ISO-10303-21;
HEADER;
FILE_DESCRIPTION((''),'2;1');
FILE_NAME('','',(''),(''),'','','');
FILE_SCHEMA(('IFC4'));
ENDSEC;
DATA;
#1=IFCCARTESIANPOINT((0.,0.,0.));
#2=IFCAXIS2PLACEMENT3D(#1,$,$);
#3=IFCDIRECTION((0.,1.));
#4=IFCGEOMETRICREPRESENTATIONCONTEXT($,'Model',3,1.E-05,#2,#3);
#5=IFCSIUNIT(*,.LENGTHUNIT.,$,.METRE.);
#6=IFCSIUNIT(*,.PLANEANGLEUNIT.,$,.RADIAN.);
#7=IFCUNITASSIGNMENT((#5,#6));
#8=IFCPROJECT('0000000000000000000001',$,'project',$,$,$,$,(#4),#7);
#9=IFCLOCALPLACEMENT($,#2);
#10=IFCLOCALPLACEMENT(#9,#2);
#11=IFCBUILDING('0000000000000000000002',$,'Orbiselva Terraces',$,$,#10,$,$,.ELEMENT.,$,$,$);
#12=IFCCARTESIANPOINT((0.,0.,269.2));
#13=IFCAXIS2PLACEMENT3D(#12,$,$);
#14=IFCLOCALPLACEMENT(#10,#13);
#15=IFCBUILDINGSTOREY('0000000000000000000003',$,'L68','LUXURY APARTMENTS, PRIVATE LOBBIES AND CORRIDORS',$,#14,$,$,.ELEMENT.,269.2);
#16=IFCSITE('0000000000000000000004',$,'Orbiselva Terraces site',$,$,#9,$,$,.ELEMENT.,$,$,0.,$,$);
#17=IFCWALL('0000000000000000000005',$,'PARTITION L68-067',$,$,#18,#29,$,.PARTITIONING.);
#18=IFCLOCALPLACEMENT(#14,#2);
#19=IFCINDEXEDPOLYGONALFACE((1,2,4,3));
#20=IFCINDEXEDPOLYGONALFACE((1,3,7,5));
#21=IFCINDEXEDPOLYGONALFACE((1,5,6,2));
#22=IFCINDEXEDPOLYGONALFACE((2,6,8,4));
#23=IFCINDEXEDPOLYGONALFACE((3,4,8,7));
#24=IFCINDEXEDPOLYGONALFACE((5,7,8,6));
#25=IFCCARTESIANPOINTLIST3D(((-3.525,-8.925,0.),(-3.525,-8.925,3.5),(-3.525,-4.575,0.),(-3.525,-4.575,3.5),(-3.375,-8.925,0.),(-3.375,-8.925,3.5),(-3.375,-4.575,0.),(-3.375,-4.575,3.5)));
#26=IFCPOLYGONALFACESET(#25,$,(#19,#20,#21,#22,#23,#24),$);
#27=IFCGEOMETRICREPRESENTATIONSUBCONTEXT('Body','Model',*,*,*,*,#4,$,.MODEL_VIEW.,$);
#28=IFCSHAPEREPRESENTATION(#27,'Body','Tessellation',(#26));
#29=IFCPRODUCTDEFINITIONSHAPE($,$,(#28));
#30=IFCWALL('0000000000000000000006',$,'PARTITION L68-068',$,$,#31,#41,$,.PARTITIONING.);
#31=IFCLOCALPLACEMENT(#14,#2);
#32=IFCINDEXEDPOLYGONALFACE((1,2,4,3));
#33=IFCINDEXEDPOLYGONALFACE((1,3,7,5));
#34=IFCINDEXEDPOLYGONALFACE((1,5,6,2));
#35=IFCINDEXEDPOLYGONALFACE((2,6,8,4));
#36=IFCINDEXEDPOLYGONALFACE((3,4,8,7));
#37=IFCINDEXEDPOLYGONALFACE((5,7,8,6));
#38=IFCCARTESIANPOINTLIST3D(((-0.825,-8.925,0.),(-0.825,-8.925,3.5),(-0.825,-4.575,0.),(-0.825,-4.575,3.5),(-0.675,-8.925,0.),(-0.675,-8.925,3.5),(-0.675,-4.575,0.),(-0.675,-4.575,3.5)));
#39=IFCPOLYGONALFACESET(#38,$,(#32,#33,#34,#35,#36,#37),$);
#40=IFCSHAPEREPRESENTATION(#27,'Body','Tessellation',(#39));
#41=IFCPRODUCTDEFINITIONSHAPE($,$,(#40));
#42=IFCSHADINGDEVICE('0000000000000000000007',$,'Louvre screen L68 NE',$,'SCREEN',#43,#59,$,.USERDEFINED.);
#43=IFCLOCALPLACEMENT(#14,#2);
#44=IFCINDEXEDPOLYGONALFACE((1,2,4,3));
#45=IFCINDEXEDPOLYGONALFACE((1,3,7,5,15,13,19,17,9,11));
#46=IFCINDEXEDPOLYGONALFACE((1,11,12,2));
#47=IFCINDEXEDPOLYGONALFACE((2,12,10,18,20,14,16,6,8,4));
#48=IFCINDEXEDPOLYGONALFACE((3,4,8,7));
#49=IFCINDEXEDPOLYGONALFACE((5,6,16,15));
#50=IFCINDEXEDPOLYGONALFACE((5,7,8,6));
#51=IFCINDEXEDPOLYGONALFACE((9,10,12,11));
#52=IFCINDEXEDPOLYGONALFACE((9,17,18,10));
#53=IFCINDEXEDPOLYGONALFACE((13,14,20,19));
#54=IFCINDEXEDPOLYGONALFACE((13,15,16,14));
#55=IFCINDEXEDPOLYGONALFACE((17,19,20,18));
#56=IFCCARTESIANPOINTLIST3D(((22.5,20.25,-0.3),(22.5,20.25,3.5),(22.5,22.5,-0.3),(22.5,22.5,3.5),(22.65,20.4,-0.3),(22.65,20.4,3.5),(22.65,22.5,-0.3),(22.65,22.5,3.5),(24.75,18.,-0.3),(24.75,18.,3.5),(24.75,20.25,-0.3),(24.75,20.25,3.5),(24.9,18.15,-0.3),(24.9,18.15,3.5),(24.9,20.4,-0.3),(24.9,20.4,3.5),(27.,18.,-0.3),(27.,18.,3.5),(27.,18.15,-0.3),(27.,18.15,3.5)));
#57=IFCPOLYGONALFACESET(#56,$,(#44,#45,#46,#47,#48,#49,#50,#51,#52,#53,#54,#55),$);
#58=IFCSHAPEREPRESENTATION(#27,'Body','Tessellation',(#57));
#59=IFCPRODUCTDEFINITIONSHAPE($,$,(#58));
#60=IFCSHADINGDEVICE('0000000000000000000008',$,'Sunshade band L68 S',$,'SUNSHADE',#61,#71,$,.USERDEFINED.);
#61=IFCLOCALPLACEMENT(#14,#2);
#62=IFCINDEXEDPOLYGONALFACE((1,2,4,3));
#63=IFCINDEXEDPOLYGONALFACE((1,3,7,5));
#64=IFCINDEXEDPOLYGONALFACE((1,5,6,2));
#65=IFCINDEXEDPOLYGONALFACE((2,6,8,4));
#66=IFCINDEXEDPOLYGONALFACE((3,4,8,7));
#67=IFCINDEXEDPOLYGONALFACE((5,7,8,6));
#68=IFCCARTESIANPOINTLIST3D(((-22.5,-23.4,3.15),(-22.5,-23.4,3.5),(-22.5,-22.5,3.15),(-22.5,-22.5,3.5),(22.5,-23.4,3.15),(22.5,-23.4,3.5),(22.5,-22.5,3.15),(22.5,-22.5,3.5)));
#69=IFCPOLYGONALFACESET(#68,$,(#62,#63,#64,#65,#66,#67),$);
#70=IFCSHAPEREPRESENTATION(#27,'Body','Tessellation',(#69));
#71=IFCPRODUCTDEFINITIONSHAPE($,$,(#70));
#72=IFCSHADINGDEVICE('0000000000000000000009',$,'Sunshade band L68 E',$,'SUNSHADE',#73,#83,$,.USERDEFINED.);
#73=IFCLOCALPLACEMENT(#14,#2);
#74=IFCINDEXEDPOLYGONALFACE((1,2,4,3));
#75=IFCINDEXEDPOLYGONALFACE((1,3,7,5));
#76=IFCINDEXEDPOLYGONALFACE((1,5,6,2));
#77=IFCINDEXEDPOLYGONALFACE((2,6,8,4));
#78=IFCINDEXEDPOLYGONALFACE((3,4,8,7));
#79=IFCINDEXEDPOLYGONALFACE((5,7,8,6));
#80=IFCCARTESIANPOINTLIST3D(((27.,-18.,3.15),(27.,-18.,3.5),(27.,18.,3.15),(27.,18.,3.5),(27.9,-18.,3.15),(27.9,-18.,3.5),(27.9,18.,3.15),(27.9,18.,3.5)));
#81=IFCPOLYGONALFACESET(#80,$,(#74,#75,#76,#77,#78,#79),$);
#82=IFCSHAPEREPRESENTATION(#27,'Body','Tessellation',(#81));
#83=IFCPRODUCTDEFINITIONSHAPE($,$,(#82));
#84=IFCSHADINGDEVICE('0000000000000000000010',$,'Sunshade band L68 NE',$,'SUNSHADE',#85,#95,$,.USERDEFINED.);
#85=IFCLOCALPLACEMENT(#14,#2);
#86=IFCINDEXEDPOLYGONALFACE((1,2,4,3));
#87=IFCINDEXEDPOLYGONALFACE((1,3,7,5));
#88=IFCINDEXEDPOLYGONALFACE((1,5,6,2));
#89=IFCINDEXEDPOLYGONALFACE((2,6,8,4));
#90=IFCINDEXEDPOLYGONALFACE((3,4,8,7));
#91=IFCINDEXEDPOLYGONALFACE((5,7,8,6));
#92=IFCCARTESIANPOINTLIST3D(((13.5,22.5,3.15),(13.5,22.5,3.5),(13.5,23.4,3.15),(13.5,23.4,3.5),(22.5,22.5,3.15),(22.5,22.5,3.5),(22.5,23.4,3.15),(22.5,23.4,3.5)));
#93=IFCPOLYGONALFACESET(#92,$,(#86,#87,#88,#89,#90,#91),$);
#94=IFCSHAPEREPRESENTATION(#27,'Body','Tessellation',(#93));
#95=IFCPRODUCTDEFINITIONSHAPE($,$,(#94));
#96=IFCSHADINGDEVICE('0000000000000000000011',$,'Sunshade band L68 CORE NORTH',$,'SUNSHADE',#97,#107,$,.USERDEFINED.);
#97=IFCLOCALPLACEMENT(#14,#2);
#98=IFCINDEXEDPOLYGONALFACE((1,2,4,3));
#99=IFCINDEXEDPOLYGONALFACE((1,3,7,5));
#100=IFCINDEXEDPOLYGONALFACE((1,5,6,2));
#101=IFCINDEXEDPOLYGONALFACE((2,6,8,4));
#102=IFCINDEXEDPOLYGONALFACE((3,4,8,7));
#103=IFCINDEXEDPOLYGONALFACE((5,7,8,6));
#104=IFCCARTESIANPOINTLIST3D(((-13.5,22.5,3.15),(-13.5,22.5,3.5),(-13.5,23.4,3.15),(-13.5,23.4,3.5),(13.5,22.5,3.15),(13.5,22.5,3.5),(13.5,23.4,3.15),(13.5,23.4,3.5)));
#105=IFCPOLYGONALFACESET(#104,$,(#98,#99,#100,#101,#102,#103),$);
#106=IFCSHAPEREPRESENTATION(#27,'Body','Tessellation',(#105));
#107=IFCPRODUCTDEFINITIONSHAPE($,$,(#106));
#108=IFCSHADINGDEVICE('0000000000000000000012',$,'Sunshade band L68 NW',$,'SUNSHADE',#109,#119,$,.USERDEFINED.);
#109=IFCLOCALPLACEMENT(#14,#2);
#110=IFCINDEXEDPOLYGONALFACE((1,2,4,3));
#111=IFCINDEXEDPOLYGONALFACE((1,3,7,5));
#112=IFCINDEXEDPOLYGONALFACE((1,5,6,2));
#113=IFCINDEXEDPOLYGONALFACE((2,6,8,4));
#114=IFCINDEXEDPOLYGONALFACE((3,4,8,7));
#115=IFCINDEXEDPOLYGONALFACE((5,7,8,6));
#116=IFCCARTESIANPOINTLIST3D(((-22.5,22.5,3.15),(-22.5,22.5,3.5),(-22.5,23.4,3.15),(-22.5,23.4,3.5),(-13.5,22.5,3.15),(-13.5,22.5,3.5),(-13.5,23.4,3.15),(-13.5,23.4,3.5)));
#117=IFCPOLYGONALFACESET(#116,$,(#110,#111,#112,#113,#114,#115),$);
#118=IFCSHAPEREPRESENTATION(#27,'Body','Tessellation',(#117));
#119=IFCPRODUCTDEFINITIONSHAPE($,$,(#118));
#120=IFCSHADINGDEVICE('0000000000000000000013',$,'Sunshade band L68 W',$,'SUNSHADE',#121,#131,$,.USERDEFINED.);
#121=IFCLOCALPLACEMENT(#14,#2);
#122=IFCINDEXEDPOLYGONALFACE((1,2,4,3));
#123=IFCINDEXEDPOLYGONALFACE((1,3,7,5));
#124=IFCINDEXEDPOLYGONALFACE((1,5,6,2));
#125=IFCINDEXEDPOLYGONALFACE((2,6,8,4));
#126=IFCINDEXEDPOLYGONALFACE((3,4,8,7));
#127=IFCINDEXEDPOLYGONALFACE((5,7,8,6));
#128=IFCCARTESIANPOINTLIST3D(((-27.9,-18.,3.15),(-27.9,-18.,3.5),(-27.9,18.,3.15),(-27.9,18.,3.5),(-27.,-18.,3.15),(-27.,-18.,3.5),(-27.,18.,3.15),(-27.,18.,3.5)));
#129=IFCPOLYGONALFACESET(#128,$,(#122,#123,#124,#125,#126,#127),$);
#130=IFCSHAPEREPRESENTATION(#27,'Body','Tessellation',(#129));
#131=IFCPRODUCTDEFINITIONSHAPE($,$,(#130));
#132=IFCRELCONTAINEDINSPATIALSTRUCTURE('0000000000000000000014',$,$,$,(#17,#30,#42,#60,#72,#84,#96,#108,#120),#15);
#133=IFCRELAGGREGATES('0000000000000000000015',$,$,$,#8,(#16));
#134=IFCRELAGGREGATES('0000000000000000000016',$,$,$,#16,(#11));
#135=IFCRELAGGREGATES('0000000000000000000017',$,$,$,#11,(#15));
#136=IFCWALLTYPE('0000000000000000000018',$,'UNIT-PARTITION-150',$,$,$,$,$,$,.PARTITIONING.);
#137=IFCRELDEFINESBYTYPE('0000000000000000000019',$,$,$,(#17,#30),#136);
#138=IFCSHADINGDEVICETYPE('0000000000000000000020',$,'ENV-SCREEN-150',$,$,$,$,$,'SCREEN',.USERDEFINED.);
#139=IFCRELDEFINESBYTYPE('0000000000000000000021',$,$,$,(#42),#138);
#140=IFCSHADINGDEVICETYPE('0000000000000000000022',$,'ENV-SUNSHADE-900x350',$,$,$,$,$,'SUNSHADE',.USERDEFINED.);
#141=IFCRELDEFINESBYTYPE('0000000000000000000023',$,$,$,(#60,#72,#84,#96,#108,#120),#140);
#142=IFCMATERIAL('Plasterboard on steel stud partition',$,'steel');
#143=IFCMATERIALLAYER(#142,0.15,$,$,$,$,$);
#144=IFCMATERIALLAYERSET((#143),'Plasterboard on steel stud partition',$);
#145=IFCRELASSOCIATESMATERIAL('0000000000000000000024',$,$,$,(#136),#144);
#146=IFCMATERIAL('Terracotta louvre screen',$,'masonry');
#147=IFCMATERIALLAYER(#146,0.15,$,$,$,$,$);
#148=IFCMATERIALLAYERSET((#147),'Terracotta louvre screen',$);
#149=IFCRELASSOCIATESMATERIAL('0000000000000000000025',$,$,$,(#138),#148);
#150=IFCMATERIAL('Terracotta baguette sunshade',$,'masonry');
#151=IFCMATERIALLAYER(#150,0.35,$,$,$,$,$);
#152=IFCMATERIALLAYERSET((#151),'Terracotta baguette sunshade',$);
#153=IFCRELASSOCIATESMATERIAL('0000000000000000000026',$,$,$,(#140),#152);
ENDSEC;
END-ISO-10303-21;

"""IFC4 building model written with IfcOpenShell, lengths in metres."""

from ifc_helpers import new_model, si_unit, direction, frame, frame_2d, origin, place, context, subcontext, project, spatial, polyline, rectangle, outline, extrude, material, layer, layer_set, type_object, element, save


model = new_model("IFC4")

# Units and contexts
model_context = context("Model", 3, precision=1e-05, world=origin(), true_north=direction((0.0, 1.0)))
body_context = subcontext(model_context, "Body", "Model", "MODEL_VIEW")
ifc_project = project(units=[si_unit("LENGTHUNIT", "METRE"), si_unit("PLANEANGLEUNIT", "RADIAN")], contexts=[model_context])

# Site, building, storey
site_placement = place(None, origin())
site = spatial("IfcSite", under=ifc_project, at=site_placement, Name="Orbiselva Terraces site", CompositionType="ELEMENT", RefElevation=0.0)
building_placement = place(site_placement, origin())
building = spatial("IfcBuilding", under=site, at=building_placement, Name="Orbiselva Terraces", CompositionType="ELEMENT")
storey_placement = place(building_placement, frame((0.0, 0.0, 269.2)))
storey = spatial("IfcBuildingStorey", under=building, at=storey_placement, Name="L68", Description="LUXURY APARTMENTS, PRIVATE LOBBIES AND CORRIDORS", CompositionType="ELEMENT", Elevation=269.2)

# Shared definitions
ifc_material_1 = material(Name="Plasterboard on steel stud partition", Category="steel")
ifc_layer_1 = layer(ifc_material_1, 0.15)
ifc_layer_set_1 = layer_set([ifc_layer_1], Name="Plasterboard on steel stud partition")
wall_type = type_object("IfcWallType", Name="UNIT-PARTITION-150", PredefinedType="PARTITIONING", material=ifc_layer_set_1)

# Walls
for number, where, z_axis, x_axis, name in (
    (1, (-3.45, -8.925, 0.0), (0.0, 0.0, 1.0), (0.0, 1.0, 0.0), "PARTITION L68-067"),
    (2, (-0.75, -8.925, 0.0), (0.0, 0.0, 1.0), (0.0, 1.0, 0.0), "PARTITION L68-068"),
):
    element("IfcWall", number, at=place(storey_placement, frame(where, z_axis=z_axis, x_axis=x_axis)), inside=storey, type_object=wall_type, Name=name, PredefinedType="PARTITIONING", context=body_context, shape_type="SweptSolid", body=[
        extrude(rectangle(XDim=4.35, YDim=0.15, at=frame_2d((2.175, 0.0))), origin(), (0.0, 0.0, 1.0), 3.5),
    ])

# Shading devices
ifc_material_2 = material(Name="Terracotta louvre screen", Category="masonry")
ifc_layer_2 = layer(ifc_material_2, 0.15)
ifc_layer_set_2 = layer_set([ifc_layer_2], Name="Terracotta louvre screen")
shading_device_type_1 = type_object("IfcShadingDeviceType", Name="ENV-SCREEN-150", ElementType="SCREEN", PredefinedType="USERDEFINED", material=ifc_layer_set_2)
shading_device_1_placement = place(storey_placement, frame((0.0, 0.0, -0.3)))
element("IfcShadingDevice", 3, at=shading_device_1_placement, inside=storey, type_object=shading_device_type_1, Name="Louvre screen L68 NE", ObjectType="SCREEN", PredefinedType="USERDEFINED", context=body_context, shape_type="SweptSolid", body=[
    extrude(outline(polyline([(27.0, 18.15), (24.9, 18.15), (24.9, 20.4), (22.65, 20.4), (22.65, 22.5), (22.5, 22.5), (22.5, 20.25), (24.75, 20.25), (24.75, 18.0), (27.0, 18.0), (27.0, 18.15)])), origin(), (0.0, 0.0, 1.0), 3.8),
])
ifc_material_3 = material(Name="Terracotta baguette sunshade", Category="masonry")
ifc_layer_3 = layer(ifc_material_3, 0.35)
ifc_layer_set_3 = layer_set([ifc_layer_3], Name="Terracotta baguette sunshade")
shading_device_type_2 = type_object("IfcShadingDeviceType", Name="ENV-SUNSHADE-900x350", ElementType="SUNSHADE", PredefinedType="USERDEFINED", material=ifc_layer_set_3)
shading_device_2_placement = place(storey_placement, frame((0.0, 0.0, 3.15)))
element("IfcShadingDevice", 4, at=shading_device_2_placement, inside=storey, type_object=shading_device_type_2, Name="Sunshade band L68 S", ObjectType="SUNSHADE", PredefinedType="USERDEFINED", context=body_context, shape_type="SweptSolid", body=[
    extrude(outline(polyline([(-22.5, -23.4), (22.5, -23.4), (22.5, -22.5), (-22.5, -22.5), (-22.5, -23.4)])), origin(), (0.0, 0.0, 1.0), 0.35),
])
shading_device_3_placement = place(storey_placement, frame((0.0, 0.0, 3.15)))
element("IfcShadingDevice", 5, at=shading_device_3_placement, inside=storey, type_object=shading_device_type_2, Name="Sunshade band L68 E", ObjectType="SUNSHADE", PredefinedType="USERDEFINED", context=body_context, shape_type="SweptSolid", body=[
    extrude(outline(polyline([(27.9, -18.0), (27.9, 18.0), (27.0, 18.0), (27.0, -18.0), (27.9, -18.0)])), origin(), (0.0, 0.0, 1.0), 0.35),
])
shading_device_4_placement = place(storey_placement, frame((0.0, 0.0, 3.15)))
element("IfcShadingDevice", 6, at=shading_device_4_placement, inside=storey, type_object=shading_device_type_2, Name="Sunshade band L68 NE", ObjectType="SUNSHADE", PredefinedType="USERDEFINED", context=body_context, shape_type="SweptSolid", body=[
    extrude(outline(polyline([(22.5, 23.4), (13.5, 23.4), (13.5, 22.5), (22.5, 22.5), (22.5, 23.4)])), origin(), (0.0, 0.0, 1.0), 0.35),
])
shading_device_5_placement = place(storey_placement, frame((0.0, 0.0, 3.15)))
element("IfcShadingDevice", 7, at=shading_device_5_placement, inside=storey, type_object=shading_device_type_2, Name="Sunshade band L68 CORE NORTH", ObjectType="SUNSHADE", PredefinedType="USERDEFINED", context=body_context, shape_type="SweptSolid", body=[
    extrude(outline(polyline([(13.5, 23.4), (-13.5, 23.4), (-13.5, 22.5), (13.5, 22.5), (13.5, 23.4)])), origin(), (0.0, 0.0, 1.0), 0.35),
])
shading_device_6_placement = place(storey_placement, frame((0.0, 0.0, 3.15)))
element("IfcShadingDevice", 8, at=shading_device_6_placement, inside=storey, type_object=shading_device_type_2, Name="Sunshade band L68 NW", ObjectType="SUNSHADE", PredefinedType="USERDEFINED", context=body_context, shape_type="SweptSolid", body=[
    extrude(outline(polyline([(-13.5, 23.4), (-22.5, 23.4), (-22.5, 22.5), (-13.5, 22.5), (-13.5, 23.4)])), origin(), (0.0, 0.0, 1.0), 0.35),
])
shading_device_7_placement = place(storey_placement, frame((0.0, 0.0, 3.15)))
element("IfcShadingDevice", 9, at=shading_device_7_placement, inside=storey, type_object=shading_device_type_2, Name="Sunshade band L68 W", ObjectType="SUNSHADE", PredefinedType="USERDEFINED", context=body_context, shape_type="SweptSolid", body=[
    extrude(outline(polyline([(-27.9, 18.0), (-27.9, -18.0), (-27.0, -18.0), (-27.0, 18.0), (-27.9, 18.0)])), origin(), (0.0, 0.0, 1.0), 0.35),
])

save(model, "model.ifc")
